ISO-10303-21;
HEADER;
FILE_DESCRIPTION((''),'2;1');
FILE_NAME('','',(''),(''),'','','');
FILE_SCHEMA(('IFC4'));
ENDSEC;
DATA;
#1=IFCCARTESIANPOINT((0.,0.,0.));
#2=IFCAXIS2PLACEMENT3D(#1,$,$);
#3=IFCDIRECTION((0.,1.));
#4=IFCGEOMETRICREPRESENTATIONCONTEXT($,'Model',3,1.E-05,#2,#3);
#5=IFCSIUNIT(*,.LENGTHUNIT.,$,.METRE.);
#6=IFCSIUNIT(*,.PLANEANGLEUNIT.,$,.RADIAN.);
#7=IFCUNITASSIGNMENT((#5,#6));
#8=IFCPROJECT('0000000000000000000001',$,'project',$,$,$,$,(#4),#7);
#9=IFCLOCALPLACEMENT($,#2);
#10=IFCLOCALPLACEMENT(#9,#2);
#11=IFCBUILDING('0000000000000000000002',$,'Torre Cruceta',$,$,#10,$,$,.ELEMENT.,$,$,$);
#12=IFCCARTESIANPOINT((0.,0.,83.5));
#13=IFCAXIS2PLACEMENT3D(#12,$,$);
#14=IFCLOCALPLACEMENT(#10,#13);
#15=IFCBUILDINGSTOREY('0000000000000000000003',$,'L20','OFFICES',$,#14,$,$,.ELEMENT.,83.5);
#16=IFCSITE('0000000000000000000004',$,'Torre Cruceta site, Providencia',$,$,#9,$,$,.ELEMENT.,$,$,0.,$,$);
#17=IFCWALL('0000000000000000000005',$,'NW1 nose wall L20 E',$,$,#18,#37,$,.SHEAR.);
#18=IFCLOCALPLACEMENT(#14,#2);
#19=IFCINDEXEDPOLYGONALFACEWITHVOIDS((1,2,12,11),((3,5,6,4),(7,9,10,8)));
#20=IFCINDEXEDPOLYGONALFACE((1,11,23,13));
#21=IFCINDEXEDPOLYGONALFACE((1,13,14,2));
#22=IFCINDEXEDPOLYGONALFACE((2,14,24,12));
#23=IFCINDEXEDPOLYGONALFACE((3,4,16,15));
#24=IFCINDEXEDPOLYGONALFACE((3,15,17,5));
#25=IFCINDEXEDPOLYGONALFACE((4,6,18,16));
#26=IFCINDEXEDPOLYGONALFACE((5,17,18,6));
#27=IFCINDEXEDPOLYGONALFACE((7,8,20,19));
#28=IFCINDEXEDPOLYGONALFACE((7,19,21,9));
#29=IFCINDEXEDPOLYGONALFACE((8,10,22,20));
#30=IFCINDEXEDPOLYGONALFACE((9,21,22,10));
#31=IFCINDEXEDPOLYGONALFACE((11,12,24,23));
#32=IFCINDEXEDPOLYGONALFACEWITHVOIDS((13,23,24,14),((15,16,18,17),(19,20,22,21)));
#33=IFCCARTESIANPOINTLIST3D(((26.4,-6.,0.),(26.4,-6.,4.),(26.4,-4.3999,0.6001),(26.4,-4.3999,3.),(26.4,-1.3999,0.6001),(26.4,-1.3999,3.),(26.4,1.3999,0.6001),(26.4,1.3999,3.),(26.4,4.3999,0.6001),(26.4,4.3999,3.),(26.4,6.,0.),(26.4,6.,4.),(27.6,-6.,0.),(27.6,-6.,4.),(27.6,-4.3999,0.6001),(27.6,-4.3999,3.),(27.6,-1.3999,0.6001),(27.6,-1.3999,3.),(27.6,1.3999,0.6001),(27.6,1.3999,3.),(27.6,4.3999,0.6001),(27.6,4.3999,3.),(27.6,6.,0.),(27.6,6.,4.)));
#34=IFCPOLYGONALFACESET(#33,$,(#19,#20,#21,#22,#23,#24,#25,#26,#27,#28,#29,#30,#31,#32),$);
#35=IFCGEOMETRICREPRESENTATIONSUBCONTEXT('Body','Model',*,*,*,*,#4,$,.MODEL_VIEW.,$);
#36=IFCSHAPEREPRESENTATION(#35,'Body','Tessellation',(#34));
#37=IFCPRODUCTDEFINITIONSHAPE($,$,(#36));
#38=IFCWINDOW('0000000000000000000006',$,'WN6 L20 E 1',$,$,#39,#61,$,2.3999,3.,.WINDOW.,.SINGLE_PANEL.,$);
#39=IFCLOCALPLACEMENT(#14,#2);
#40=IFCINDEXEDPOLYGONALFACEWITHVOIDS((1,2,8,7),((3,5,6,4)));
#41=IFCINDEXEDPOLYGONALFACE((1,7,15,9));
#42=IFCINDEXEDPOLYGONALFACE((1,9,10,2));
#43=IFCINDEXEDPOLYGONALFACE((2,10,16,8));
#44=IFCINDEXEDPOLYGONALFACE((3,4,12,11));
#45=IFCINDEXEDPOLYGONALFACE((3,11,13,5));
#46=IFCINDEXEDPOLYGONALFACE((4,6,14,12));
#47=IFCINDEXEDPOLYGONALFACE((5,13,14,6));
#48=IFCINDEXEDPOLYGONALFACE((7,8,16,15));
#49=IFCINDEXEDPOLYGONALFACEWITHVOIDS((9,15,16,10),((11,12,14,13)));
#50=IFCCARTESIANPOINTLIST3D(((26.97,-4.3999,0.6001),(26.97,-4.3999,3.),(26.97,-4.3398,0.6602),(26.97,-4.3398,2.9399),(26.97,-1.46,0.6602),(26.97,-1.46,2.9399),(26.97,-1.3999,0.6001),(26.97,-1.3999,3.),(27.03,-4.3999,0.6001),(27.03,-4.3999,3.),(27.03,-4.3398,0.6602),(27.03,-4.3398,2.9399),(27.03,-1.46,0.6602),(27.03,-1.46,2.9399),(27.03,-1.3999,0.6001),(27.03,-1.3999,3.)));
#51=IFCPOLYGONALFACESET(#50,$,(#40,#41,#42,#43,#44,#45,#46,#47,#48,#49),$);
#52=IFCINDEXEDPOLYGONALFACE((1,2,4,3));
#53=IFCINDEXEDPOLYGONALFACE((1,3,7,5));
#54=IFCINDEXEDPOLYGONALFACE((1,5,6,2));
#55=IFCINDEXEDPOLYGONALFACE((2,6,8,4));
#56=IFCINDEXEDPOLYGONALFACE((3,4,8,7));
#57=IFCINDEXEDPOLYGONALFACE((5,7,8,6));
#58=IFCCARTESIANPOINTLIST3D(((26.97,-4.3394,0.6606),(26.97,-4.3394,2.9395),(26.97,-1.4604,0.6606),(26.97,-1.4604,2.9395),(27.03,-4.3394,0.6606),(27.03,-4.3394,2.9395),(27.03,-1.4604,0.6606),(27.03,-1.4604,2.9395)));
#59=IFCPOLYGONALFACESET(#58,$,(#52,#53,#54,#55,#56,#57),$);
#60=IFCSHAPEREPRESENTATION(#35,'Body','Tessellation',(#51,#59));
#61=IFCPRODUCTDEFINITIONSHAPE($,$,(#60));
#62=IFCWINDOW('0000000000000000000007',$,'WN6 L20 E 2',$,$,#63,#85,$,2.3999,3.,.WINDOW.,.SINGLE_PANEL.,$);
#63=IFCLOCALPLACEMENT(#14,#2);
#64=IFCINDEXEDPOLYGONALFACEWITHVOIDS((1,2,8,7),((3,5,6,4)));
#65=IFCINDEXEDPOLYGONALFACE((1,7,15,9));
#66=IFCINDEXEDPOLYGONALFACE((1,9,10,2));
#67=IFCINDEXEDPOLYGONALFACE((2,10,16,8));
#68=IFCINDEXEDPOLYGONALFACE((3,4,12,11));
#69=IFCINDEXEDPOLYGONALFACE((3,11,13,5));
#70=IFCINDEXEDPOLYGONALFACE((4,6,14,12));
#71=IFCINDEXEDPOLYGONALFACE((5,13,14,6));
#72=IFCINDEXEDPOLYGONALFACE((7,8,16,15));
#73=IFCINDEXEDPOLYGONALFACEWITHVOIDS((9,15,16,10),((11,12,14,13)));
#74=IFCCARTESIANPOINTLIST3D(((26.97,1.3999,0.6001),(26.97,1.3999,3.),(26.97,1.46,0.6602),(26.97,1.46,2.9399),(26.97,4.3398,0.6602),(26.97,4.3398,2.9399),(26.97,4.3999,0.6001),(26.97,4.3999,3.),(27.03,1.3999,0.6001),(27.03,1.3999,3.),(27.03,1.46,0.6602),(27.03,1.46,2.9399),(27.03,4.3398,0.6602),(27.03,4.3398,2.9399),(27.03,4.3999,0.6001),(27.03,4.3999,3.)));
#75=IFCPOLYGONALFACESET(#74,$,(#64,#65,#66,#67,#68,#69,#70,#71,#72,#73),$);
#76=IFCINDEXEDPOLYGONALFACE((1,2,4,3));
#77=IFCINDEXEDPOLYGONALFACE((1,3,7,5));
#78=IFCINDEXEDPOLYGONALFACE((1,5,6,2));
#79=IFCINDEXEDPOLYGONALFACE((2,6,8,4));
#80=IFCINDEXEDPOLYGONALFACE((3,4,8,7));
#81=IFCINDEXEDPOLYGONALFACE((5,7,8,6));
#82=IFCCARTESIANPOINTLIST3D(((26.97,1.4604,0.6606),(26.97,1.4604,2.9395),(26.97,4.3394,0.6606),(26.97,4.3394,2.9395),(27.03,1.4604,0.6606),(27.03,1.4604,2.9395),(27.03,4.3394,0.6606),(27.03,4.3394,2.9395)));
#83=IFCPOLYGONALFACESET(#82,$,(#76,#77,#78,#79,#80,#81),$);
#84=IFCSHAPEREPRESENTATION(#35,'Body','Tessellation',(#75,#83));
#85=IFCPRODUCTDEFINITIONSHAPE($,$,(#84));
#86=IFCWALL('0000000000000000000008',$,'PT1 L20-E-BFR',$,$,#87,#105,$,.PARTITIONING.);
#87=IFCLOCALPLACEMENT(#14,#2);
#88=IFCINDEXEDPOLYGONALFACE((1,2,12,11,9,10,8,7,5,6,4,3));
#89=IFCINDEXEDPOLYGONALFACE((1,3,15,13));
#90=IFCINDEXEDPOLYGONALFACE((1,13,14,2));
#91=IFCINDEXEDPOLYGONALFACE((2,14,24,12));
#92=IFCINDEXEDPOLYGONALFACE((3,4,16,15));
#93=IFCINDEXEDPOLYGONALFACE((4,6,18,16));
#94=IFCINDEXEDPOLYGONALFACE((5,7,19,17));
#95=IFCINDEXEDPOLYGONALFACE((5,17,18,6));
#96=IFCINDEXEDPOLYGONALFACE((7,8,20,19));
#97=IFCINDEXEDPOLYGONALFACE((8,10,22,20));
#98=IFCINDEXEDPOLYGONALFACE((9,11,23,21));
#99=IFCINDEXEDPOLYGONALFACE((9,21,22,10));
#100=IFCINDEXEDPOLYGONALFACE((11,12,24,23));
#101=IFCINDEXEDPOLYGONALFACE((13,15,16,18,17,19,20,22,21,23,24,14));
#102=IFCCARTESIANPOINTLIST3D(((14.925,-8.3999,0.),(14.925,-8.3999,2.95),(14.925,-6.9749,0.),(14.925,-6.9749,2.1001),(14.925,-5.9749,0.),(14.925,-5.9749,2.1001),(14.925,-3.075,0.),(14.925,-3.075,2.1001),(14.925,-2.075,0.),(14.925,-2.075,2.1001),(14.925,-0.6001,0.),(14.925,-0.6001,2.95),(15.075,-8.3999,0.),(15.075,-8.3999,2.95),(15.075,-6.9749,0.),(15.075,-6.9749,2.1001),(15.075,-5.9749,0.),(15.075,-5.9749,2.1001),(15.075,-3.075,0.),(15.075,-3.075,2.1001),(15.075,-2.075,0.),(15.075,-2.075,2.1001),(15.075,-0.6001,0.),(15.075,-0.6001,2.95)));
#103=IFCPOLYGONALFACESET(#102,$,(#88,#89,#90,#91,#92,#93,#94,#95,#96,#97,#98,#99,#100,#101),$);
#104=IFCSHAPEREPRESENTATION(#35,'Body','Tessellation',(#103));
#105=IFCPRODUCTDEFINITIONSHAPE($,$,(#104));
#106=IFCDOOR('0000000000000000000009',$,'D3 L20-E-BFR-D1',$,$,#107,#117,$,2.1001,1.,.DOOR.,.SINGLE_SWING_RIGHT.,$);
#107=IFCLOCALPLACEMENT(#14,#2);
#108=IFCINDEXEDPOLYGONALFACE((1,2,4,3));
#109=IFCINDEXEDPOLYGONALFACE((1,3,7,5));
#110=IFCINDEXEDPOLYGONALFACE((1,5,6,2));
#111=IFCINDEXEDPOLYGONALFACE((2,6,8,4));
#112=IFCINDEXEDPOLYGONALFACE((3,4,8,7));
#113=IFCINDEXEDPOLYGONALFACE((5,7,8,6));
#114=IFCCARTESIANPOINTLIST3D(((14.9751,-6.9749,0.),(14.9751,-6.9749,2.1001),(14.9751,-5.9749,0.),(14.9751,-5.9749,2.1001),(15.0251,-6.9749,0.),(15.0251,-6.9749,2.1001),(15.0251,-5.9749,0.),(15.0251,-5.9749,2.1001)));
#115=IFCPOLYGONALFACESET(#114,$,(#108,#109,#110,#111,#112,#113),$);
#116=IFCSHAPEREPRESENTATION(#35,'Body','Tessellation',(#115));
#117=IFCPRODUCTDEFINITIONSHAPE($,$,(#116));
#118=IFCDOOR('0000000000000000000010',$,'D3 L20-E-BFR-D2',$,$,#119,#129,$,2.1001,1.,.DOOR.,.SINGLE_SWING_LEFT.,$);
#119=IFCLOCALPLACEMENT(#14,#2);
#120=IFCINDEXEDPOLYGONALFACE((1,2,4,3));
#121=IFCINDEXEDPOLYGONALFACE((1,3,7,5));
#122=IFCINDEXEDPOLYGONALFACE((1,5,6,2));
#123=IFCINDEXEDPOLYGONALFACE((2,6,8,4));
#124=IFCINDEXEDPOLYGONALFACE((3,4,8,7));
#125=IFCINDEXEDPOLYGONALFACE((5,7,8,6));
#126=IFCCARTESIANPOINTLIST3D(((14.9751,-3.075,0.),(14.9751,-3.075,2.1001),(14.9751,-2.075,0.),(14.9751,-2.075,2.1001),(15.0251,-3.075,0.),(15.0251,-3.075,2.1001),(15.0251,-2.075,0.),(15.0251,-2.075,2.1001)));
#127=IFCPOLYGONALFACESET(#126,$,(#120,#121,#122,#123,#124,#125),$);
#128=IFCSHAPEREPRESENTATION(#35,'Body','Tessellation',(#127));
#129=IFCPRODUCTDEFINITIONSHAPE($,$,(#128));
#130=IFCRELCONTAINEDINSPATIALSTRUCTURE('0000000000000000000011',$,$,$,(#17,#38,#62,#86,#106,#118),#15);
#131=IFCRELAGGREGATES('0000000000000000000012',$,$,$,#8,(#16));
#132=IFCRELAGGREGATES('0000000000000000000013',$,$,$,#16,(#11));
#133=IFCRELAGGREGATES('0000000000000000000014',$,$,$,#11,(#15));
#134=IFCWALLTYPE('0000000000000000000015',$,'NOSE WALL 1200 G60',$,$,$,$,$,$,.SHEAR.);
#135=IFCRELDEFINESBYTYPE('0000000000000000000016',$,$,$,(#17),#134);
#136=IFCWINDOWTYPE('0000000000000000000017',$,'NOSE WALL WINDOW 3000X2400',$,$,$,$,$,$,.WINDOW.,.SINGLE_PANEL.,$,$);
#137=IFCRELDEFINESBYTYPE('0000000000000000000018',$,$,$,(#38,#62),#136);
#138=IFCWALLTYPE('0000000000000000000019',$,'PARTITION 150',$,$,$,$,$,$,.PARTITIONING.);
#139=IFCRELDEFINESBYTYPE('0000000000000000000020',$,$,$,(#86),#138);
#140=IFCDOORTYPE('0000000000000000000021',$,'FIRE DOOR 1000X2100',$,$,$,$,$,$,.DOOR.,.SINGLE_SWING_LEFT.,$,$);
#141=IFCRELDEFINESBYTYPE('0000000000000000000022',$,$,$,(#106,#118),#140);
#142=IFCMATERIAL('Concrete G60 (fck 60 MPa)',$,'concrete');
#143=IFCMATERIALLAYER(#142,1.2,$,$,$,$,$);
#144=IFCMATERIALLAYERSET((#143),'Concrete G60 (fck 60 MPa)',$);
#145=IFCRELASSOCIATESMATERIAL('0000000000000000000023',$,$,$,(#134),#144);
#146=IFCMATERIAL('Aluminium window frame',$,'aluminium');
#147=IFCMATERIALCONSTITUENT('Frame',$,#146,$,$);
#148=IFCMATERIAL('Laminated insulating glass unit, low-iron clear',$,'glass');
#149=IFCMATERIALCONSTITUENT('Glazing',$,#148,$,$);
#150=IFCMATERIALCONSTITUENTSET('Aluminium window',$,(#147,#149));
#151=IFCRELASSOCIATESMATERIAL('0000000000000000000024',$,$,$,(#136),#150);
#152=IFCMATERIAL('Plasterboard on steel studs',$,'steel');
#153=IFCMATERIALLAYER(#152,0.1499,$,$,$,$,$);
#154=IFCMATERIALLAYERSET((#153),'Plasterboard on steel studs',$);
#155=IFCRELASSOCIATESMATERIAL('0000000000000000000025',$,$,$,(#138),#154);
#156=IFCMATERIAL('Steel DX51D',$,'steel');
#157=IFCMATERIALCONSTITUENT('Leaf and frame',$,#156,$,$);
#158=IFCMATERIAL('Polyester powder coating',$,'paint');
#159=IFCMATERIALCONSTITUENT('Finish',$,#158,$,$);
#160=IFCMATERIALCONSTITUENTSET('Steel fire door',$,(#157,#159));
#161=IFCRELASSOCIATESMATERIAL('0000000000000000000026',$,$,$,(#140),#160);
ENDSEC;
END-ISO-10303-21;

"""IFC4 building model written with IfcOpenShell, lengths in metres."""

from ifc_helpers import new_model, si_unit, direction, frame, frame_2d, origin, place, context, subcontext, project, spatial, rectangle, hollow_rectangle, extrude, material, layer, layer_set, constituent, constituent_set, type_object, element, fill, save


model = new_model("IFC4")

# Units and contexts
model_context = context("Model", 3, precision=1e-05, world=origin(), true_north=direction((0.0, 1.0)))
body_context = subcontext(model_context, "Body", "Model", "MODEL_VIEW")
ifc_project = project(units=[si_unit("LENGTHUNIT", "METRE"), si_unit("PLANEANGLEUNIT", "RADIAN")], contexts=[model_context])

# Site, building, storey
site_placement = place(None, origin())
site = spatial("IfcSite", under=ifc_project, at=site_placement, Name="Torre Cruceta site, Providencia", CompositionType="ELEMENT", RefElevation=0.0)
building_placement = place(site_placement, origin())
building = spatial("IfcBuilding", under=site, at=building_placement, Name="Torre Cruceta", CompositionType="ELEMENT")
storey_placement = place(building_placement, frame((0.0, 0.0, 83.5)))
storey = spatial("IfcBuildingStorey", under=building, at=storey_placement, Name="L20", Description="OFFICES", CompositionType="ELEMENT", Elevation=83.5)

# Wall, openings, windows
ifc_material_1 = material(Name="Concrete G60 (fck 60 MPa)", Category="concrete")
ifc_layer_1 = layer(ifc_material_1, 1.2)
ifc_layer_set_1 = layer_set([ifc_layer_1], Name="Concrete G60 (fck 60 MPa)")
wall_type_1 = type_object("IfcWallType", Name="NOSE WALL 1200 G60", PredefinedType="SHEAR", material=ifc_layer_set_1)
wall_1_placement = place(storey_placement, frame((27.0, -6.0, 0.0), z_axis=(0.0, 0.0, 1.0), x_axis=(0.0, 1.0, 0.0)))
wall_1 = element("IfcWall", 1, at=wall_1_placement, inside=storey, type_object=wall_type_1, Name="NW1 nose wall L20 E", PredefinedType="SHEAR", context=body_context, shape_type="SweptSolid", body=[
    extrude(rectangle(XDim=12.0, YDim=1.2, at=frame_2d((6.0, 0.0))), origin(), (0.0, 0.0, 1.0), 4.0),
])
opening_1_placement = place(wall_1_placement, frame((1.6001, 0.0, 0.6001)))
opening_1 = element("IfcOpeningElement", 2, at=opening_1_placement, cuts=wall_1, PredefinedType="OPENING", context=body_context, shape_type="SweptSolid", body=[
    extrude(rectangle(XDim=3.0, YDim=2.3999, at=frame_2d((1.5, 1.2))), frame((0.0, 0.6099, 0.0), z_axis=(0.0, -1.0, 0.0), x_axis=(1.0, 0.0, 0.0)), (0.0, 0.0, 1.0), 1.22),
])
opening_2_placement = place(wall_1_placement, frame((7.3999, 0.0, 0.6001)))
opening_2 = element("IfcOpeningElement", 3, at=opening_2_placement, cuts=wall_1, PredefinedType="OPENING", context=body_context, shape_type="SweptSolid", body=[
    extrude(rectangle(XDim=3.0, YDim=2.3999, at=frame_2d((1.5, 1.2))), frame((0.0, 0.6099, 0.0), z_axis=(0.0, -1.0, 0.0), x_axis=(1.0, 0.0, 0.0)), (0.0, 0.0, 1.0), 1.22),
])
ifc_material_2 = material(Name="Aluminium window frame", Category="aluminium")
ifc_constituent_1 = constituent(ifc_material_2, Name="Frame")
ifc_material_3 = material(Name="Laminated insulating glass unit, low-iron clear", Category="glass")
ifc_constituent_2 = constituent(ifc_material_3, Name="Glazing")
ifc_constituent_set_1 = constituent_set(constituents=[ifc_constituent_1, ifc_constituent_2], Name="Aluminium window")
window_type = type_object("IfcWindowType", Name="NOSE WALL WINDOW 3000X2400", PartitioningType="SINGLE_PANEL", PredefinedType="WINDOW", material=ifc_constituent_set_1)
window_1_placement = place(opening_1_placement, origin())
window_1 = element("IfcWindow", 4, at=window_1_placement, inside=storey, type_object=window_type, Name="WN6 L20 E 1", OverallHeight=2.3999, OverallWidth=3.0, PartitioningType="SINGLE_PANEL", PredefinedType="WINDOW", context=body_context, shape_type="SweptSolid", body=[
    extrude(hollow_rectangle(XDim=3.0, YDim=2.3999, WallThickness=0.0601, at=frame_2d((1.5, 1.2))), frame((0.0, 0.03, 0.0), z_axis=(0.0, -1.0, 0.0), x_axis=(1.0, 0.0, 0.0)), (0.0, 0.0, 1.0), 0.0601),
    extrude(rectangle(XDim=2.8789, YDim=2.2788, at=frame_2d((1.5, 1.2))), frame((0.0, 0.03, 0.0), z_axis=(0.0, -1.0, 0.0), x_axis=(1.0, 0.0, 0.0)), (0.0, 0.0, 1.0), 0.0601),
])
fill(opening_1, window_1)
window_2_placement = place(opening_2_placement, origin())
window_2 = element("IfcWindow", 5, at=window_2_placement, inside=storey, type_object=window_type, Name="WN6 L20 E 2", OverallHeight=2.3999, OverallWidth=3.0, PartitioningType="SINGLE_PANEL", PredefinedType="WINDOW", context=body_context, shape_type="SweptSolid", body=[
    extrude(hollow_rectangle(XDim=3.0, YDim=2.3999, WallThickness=0.0601, at=frame_2d((1.5, 1.2))), frame((0.0, 0.03, 0.0), z_axis=(0.0, -1.0, 0.0), x_axis=(1.0, 0.0, 0.0)), (0.0, 0.0, 1.0), 0.0601),
    extrude(rectangle(XDim=2.8789, YDim=2.2788, at=frame_2d((1.5, 1.2))), frame((0.0, 0.03, 0.0), z_axis=(0.0, -1.0, 0.0), x_axis=(1.0, 0.0, 0.0)), (0.0, 0.0, 1.0), 0.0601),
])
fill(opening_2, window_2)

# Wall, openings, doors
ifc_material_4 = material(Name="Plasterboard on steel studs", Category="steel")
ifc_layer_2 = layer(ifc_material_4, 0.1499)
ifc_layer_set_2 = layer_set([ifc_layer_2], Name="Plasterboard on steel studs")
wall_type_2 = type_object("IfcWallType", Name="PARTITION 150", PredefinedType="PARTITIONING", material=ifc_layer_set_2)
wall_2_placement = place(storey_placement, frame((15.0, -8.3999, 0.0), z_axis=(0.0, 0.0, 1.0), x_axis=(0.0, 1.0, 0.0)))
wall_2 = element("IfcWall", 6, at=wall_2_placement, inside=storey, type_object=wall_type_2, Name="PT1 L20-E-BFR", PredefinedType="PARTITIONING", context=body_context, shape_type="SweptSolid", body=[
    extrude(rectangle(XDim=7.7998, YDim=0.1499, at=frame_2d((3.8999, 0.0))), origin(), (0.0, 0.0, 1.0), 2.95),
])
opening_3_placement = place(wall_2_placement, frame((1.425, 0.0, 0.0)))
opening_3 = element("IfcOpeningElement", 7, at=opening_3_placement, cuts=wall_2, PredefinedType="OPENING", context=body_context, shape_type="SweptSolid", body=[
    extrude(rectangle(XDim=1.0, YDim=2.1001, at=frame_2d((0.5, 1.05))), frame((0.0, 0.085, 0.0), z_axis=(0.0, -1.0, 0.0), x_axis=(1.0, 0.0, 0.0)), (0.0, 0.0, 1.0), 0.1699),
])
opening_4_placement = place(wall_2_placement, frame((5.325, 0.0, 0.0)))
opening_4 = element("IfcOpeningElement", 8, at=opening_4_placement, cuts=wall_2, PredefinedType="OPENING", context=body_context, shape_type="SweptSolid", body=[
    extrude(rectangle(XDim=1.0, YDim=2.1001, at=frame_2d((0.5, 1.05))), frame((0.0, 0.085, 0.0), z_axis=(0.0, -1.0, 0.0), x_axis=(1.0, 0.0, 0.0)), (0.0, 0.0, 1.0), 0.1699),
])
ifc_material_5 = material(Name="Steel DX51D", Category="steel")
ifc_constituent_3 = constituent(ifc_material_5, Name="Leaf and frame")
ifc_material_6 = material(Name="Polyester powder coating", Category="paint")
ifc_constituent_4 = constituent(ifc_material_6, Name="Finish")
ifc_constituent_set_2 = constituent_set(constituents=[ifc_constituent_3, ifc_constituent_4], Name="Steel fire door")
door_type = type_object("IfcDoorType", Name="FIRE DOOR 1000X2100", OperationType="SINGLE_SWING_LEFT", PredefinedType="DOOR", material=ifc_constituent_set_2)
door_1_placement = place(opening_3_placement, origin())
door_1 = element("IfcDoor", 9, at=door_1_placement, inside=storey, type_object=door_type, Name="D3 L20-E-BFR-D1", OperationType="SINGLE_SWING_RIGHT", OverallHeight=2.1001, OverallWidth=1.0, PredefinedType="DOOR", context=body_context, shape_type="SweptSolid", body=[
    extrude(rectangle(XDim=1.0, YDim=2.1001, at=frame_2d((0.5, 1.05))), frame((0.0, 0.0249, 0.0), z_axis=(0.0, -1.0, 0.0), x_axis=(1.0, 0.0, 0.0)), (0.0, 0.0, 1.0), 0.05),
])
fill(opening_3, door_1)
door_2_placement = place(opening_4_placement, origin())
door_2 = element("IfcDoor", 10, at=door_2_placement, inside=storey, type_object=door_type, Name="D3 L20-E-BFR-D2", OperationType="SINGLE_SWING_LEFT", OverallHeight=2.1001, OverallWidth=1.0, PredefinedType="DOOR", context=body_context, shape_type="SweptSolid", body=[
    extrude(rectangle(XDim=1.0, YDim=2.1001, at=frame_2d((0.5, 1.05))), frame((0.0, 0.0249, 0.0), z_axis=(0.0, -1.0, 0.0), x_axis=(1.0, 0.0, 0.0)), (0.0, 0.0, 1.0), 0.05),
])
fill(opening_4, door_2)

save(model, "model.ifc")
